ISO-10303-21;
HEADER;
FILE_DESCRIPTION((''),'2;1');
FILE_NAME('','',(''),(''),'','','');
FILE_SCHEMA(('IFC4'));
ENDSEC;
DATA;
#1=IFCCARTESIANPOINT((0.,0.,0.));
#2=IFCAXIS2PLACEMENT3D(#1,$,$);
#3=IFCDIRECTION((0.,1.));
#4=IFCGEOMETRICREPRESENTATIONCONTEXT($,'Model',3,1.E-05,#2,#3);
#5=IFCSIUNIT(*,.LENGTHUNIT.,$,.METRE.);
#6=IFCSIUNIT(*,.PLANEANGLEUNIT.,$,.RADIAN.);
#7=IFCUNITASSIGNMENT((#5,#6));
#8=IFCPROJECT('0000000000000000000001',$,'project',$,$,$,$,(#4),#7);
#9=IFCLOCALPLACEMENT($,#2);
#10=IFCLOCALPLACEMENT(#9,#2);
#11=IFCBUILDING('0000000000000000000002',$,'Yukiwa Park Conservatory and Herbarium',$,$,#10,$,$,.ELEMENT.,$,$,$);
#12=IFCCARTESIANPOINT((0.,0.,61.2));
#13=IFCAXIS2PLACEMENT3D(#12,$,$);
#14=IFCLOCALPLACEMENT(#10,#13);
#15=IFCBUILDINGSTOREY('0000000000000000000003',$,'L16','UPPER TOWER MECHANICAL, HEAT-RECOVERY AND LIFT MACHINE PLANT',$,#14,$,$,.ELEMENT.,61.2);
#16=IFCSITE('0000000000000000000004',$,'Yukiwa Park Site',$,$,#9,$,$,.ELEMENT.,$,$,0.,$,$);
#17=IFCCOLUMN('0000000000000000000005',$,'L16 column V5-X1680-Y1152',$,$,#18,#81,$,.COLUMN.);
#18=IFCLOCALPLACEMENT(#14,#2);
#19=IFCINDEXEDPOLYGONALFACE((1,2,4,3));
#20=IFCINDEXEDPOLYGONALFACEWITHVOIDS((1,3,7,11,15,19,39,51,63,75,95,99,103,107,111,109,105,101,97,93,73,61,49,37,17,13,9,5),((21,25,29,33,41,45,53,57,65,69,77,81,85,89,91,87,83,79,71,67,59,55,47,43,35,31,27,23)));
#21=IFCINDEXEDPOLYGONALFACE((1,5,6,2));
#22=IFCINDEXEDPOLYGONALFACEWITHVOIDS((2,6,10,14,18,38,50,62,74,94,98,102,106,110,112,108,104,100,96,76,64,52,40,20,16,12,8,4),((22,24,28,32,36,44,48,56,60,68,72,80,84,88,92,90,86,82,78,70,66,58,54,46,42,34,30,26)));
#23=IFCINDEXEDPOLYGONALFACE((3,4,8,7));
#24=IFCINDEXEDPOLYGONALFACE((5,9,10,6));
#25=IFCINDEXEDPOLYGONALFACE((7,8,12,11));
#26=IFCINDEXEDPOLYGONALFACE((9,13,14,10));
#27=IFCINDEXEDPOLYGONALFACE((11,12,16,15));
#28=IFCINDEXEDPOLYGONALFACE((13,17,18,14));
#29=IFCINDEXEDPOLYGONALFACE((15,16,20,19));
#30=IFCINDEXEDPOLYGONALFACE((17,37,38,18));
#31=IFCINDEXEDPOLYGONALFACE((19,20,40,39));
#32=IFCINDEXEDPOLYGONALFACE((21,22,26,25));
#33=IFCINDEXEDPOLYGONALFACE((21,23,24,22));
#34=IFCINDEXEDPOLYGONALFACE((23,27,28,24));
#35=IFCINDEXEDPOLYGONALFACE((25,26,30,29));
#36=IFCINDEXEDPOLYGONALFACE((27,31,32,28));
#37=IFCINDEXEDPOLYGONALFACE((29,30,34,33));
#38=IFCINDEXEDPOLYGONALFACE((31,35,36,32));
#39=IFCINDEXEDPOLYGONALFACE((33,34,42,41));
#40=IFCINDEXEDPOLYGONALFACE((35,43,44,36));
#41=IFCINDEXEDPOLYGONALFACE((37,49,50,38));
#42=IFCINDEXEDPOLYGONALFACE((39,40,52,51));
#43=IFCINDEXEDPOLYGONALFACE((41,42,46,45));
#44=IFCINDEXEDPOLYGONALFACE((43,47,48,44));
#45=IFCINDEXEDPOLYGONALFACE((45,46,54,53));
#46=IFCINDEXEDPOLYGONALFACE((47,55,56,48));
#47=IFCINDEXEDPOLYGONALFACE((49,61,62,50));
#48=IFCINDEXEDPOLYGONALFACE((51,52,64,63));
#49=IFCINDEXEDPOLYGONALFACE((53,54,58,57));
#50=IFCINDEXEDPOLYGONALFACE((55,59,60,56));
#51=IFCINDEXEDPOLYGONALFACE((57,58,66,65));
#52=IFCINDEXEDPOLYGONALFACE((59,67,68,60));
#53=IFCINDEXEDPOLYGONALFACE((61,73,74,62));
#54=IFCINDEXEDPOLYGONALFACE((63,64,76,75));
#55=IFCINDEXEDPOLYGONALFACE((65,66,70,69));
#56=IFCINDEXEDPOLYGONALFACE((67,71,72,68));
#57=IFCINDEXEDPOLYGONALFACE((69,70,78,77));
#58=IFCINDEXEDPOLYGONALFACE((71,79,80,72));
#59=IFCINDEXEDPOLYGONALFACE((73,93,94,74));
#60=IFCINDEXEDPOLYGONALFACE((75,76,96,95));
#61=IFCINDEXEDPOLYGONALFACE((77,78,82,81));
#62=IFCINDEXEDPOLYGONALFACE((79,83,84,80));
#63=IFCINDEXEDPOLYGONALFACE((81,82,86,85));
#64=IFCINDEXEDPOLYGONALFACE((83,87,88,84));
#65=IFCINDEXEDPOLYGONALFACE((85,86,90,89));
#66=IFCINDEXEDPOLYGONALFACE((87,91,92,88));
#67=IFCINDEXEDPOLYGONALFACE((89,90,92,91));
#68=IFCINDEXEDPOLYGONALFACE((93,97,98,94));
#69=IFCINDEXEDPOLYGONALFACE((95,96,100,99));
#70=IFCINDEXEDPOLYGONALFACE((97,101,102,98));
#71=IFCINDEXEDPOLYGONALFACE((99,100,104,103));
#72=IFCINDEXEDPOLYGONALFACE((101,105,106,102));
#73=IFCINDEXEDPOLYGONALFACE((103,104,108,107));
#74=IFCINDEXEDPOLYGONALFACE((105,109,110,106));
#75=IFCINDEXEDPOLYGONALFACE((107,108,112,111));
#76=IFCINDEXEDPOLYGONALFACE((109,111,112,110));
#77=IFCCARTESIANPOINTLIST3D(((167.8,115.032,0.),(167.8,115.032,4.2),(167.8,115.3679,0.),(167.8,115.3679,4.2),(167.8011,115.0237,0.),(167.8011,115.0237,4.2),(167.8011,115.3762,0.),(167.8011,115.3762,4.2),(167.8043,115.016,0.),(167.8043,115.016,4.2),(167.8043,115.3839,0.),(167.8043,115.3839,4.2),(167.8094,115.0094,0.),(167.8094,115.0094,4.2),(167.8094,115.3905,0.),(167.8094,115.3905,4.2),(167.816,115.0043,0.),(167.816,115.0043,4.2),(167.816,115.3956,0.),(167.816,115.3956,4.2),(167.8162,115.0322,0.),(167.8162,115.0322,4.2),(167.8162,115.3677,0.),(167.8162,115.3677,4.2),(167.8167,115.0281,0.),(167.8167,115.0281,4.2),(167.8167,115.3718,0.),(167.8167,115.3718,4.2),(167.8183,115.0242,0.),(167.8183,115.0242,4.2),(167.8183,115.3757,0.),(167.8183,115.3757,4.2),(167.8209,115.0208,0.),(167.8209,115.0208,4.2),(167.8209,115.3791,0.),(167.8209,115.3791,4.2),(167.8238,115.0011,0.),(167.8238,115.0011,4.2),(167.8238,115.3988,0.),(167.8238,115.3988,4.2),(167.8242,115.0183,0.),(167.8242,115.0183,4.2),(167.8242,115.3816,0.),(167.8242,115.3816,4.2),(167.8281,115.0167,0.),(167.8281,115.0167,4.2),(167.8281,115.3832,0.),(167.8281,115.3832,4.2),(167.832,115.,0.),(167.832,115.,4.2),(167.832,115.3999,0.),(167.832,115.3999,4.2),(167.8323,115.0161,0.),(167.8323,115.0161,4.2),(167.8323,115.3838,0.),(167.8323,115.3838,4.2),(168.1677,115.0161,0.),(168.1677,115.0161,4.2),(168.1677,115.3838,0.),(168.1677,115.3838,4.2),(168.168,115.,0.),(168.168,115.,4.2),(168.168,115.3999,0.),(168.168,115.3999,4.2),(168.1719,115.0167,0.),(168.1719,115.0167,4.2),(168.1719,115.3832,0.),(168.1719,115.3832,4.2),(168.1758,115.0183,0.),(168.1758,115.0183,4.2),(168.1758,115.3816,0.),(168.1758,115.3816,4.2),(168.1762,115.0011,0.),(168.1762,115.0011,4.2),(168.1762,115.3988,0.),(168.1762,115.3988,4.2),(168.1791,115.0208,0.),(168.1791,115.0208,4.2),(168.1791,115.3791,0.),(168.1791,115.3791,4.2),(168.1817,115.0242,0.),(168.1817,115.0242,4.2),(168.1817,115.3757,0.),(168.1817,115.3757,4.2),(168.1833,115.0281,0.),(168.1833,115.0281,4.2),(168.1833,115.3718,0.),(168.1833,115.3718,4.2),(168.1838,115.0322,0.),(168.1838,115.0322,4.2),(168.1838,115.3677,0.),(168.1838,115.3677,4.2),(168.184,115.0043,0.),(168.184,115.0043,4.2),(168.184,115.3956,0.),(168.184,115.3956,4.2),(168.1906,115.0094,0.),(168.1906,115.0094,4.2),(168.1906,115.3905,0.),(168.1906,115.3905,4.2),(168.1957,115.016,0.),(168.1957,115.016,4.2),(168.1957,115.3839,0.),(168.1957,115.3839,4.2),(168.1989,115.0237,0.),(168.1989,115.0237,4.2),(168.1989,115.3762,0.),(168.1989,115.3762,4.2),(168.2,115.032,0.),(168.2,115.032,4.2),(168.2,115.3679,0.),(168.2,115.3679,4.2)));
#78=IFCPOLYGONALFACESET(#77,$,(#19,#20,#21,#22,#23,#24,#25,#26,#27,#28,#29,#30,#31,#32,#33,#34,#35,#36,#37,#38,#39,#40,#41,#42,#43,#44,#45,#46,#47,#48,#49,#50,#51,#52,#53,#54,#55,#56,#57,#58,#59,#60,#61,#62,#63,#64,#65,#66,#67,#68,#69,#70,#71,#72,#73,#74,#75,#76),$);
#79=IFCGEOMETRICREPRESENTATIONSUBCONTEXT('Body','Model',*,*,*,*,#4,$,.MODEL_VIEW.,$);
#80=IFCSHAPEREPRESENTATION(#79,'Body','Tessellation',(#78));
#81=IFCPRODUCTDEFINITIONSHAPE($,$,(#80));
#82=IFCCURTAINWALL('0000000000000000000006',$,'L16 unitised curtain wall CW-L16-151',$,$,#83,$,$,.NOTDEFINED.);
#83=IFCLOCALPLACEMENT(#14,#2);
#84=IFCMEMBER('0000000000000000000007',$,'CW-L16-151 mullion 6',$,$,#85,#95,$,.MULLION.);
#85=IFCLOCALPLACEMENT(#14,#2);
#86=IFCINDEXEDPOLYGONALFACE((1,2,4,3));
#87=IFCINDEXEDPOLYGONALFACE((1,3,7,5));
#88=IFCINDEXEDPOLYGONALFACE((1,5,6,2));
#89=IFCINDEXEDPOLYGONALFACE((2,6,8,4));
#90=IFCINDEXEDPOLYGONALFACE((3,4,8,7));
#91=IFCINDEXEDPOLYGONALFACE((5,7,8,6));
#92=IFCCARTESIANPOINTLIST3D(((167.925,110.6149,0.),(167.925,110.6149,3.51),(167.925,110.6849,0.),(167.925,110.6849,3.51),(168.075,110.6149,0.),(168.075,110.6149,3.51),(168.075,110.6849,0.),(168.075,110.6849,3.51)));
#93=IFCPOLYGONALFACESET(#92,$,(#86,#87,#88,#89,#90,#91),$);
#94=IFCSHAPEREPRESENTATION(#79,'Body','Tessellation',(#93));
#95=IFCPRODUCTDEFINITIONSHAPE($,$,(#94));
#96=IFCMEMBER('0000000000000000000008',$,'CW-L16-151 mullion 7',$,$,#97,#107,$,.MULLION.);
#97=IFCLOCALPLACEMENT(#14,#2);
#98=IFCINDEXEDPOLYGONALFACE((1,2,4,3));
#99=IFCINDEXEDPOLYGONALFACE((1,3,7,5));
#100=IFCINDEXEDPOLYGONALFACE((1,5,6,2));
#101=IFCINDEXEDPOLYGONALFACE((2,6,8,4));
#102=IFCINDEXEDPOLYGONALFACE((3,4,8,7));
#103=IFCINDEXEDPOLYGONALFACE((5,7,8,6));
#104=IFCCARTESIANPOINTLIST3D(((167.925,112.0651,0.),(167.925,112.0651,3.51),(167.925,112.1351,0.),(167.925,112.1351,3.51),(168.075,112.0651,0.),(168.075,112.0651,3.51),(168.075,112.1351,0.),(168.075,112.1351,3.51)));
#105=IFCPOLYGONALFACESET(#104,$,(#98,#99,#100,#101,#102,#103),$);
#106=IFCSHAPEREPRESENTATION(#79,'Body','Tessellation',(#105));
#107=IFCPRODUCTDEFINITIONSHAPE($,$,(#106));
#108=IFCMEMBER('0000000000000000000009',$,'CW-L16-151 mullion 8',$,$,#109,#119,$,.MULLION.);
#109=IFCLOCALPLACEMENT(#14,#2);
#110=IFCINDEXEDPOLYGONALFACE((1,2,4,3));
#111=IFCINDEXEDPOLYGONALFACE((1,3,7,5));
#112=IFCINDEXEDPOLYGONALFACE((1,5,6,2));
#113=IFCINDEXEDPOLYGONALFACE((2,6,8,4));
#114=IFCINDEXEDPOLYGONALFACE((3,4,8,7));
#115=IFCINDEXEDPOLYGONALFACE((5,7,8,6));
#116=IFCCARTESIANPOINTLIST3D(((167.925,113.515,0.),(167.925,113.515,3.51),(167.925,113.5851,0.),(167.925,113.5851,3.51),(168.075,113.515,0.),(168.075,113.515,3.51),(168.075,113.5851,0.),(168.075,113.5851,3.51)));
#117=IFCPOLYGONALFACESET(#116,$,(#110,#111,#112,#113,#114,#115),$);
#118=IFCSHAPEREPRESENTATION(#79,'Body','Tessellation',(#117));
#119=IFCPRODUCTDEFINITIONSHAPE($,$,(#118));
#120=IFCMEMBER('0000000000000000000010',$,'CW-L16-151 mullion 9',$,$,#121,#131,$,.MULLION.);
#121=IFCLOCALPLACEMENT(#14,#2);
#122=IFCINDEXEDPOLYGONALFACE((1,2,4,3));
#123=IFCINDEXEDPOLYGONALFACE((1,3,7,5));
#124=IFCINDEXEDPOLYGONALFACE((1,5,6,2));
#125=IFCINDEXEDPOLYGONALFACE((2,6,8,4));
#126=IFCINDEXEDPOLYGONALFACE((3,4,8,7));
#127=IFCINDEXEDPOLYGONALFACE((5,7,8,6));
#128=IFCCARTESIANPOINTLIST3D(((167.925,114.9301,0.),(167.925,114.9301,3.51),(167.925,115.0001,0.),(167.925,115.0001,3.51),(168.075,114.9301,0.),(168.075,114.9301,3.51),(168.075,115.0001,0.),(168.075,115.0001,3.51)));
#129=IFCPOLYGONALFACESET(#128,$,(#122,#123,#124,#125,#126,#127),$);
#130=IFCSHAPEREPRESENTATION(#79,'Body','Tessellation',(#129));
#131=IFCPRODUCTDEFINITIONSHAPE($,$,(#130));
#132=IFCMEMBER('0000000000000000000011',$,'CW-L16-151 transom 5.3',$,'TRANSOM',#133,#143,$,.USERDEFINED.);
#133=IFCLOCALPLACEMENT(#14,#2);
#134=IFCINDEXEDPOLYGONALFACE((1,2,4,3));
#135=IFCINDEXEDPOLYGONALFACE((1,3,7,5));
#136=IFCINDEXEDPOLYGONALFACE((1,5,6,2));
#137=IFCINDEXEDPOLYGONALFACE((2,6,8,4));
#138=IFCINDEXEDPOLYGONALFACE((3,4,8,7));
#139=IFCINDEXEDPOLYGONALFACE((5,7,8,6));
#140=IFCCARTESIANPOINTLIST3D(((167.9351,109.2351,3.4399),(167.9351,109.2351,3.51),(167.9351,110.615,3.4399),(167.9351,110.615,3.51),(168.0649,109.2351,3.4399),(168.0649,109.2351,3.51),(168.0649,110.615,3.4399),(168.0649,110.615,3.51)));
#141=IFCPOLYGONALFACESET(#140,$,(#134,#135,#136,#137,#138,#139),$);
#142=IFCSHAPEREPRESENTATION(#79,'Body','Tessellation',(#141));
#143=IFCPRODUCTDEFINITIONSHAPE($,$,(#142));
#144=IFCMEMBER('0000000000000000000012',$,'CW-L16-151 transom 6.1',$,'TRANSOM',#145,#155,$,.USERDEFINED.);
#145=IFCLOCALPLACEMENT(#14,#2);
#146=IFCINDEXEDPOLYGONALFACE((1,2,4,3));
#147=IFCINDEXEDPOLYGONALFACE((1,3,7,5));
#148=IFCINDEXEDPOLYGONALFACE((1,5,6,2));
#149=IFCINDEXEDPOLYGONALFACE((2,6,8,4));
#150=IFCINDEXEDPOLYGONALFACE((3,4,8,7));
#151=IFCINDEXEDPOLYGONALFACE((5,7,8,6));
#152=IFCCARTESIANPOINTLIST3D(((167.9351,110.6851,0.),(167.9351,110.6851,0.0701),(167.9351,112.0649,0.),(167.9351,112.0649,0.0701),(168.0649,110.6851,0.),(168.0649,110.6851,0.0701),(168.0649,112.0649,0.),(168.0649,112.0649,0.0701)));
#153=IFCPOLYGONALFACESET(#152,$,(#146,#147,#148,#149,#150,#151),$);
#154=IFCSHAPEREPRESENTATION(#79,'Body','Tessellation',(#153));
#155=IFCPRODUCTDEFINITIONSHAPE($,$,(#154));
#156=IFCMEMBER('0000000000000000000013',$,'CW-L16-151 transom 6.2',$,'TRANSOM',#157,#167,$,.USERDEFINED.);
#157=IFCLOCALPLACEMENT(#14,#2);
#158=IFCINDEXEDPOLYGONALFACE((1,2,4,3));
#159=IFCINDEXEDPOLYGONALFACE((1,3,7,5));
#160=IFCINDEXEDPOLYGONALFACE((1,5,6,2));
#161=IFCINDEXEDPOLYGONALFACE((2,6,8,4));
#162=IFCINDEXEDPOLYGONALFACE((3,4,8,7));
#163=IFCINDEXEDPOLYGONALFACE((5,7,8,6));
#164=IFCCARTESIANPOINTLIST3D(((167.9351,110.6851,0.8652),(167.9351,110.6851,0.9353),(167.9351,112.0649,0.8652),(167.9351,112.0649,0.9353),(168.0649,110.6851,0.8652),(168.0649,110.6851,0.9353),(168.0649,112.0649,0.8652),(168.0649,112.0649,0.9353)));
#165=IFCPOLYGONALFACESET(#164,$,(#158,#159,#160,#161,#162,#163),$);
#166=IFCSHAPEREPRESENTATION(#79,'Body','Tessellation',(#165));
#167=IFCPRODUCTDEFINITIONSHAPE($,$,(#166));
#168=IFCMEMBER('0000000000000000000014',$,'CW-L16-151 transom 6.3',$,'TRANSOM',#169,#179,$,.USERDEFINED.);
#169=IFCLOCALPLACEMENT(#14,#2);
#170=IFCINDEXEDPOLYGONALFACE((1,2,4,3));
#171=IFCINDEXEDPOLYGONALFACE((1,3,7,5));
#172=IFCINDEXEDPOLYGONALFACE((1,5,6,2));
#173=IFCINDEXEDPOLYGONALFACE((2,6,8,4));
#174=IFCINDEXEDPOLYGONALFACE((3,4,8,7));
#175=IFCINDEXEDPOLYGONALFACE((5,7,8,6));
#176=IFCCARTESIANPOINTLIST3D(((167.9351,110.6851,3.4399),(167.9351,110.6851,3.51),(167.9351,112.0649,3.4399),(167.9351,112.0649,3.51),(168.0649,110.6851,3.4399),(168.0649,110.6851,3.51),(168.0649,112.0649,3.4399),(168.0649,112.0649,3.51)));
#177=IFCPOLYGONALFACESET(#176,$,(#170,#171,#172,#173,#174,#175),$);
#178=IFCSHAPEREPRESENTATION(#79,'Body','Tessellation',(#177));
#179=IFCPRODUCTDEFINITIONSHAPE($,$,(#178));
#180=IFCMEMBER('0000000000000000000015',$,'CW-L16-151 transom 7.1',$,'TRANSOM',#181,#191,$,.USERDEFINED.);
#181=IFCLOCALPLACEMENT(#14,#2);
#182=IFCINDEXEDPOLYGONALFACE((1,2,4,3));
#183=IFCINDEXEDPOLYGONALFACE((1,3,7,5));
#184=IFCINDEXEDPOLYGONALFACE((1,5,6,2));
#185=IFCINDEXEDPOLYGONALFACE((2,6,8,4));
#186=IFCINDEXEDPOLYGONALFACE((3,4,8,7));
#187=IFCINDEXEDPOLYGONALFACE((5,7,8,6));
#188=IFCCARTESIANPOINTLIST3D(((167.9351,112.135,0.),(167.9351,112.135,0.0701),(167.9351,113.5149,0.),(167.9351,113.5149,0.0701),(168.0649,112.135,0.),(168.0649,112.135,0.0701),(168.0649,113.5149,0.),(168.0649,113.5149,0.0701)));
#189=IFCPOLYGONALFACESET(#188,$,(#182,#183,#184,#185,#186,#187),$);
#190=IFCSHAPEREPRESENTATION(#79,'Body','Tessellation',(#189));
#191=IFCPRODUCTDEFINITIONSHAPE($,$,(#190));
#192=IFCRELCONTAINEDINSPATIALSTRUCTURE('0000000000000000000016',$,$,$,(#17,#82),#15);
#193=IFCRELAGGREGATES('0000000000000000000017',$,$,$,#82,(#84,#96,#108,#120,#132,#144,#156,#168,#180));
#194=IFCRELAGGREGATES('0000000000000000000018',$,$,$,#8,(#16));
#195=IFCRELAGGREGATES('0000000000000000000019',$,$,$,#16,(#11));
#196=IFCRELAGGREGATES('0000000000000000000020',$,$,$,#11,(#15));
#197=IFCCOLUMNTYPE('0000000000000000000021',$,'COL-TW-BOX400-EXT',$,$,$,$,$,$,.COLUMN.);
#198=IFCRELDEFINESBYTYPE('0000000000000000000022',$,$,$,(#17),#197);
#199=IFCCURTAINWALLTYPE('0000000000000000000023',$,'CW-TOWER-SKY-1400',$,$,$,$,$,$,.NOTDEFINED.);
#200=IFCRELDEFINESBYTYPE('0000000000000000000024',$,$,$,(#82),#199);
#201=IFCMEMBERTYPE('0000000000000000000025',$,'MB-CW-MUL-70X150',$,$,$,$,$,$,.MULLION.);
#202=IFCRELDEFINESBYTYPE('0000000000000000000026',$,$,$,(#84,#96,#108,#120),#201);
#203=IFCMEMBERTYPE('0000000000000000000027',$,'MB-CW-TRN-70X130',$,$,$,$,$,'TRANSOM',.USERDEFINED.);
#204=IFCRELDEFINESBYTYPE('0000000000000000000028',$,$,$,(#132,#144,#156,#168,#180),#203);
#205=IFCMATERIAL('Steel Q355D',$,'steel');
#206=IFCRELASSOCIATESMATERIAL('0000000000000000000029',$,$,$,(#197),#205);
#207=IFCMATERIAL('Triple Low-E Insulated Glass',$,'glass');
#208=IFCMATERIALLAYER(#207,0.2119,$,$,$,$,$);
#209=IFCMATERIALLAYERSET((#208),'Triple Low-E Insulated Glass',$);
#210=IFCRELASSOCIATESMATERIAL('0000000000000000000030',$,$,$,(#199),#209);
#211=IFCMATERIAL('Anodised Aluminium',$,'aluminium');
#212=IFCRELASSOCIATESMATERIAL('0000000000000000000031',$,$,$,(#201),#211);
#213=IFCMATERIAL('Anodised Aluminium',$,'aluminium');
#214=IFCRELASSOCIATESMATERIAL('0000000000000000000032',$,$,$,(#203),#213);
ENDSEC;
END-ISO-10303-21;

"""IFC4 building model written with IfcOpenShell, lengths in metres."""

from ifc_helpers import new_model, si_unit, direction, frame, origin, origin_2d, place, context, subcontext, project, spatial, rectangle, hollow_rectangle, extrude, material, layer, layer_set, material_profile, profile_set, type_object, element, aggregate, save


model = new_model("IFC4")

# Units and contexts
model_context = context("Model", 3, precision=1e-05, world=origin(), true_north=direction((0.0, 1.0)))
body_context = subcontext(model_context, "Body", "Model", "MODEL_VIEW")
ifc_project = project(units=[si_unit("LENGTHUNIT", "METRE"), si_unit("PLANEANGLEUNIT", "RADIAN")], contexts=[model_context])

# Site, building, storey
site_placement = place(None, origin())
site = spatial("IfcSite", under=ifc_project, at=site_placement, Name="Yukiwa Park Site", CompositionType="ELEMENT", RefElevation=0.0)
building_placement = place(site_placement, origin())
building = spatial("IfcBuilding", under=site, at=building_placement, Name="Yukiwa Park Conservatory and Herbarium", CompositionType="ELEMENT")
storey_placement = place(building_placement, frame((0.0, 0.0, 61.2)))
storey = spatial("IfcBuildingStorey", under=building, at=storey_placement, Name="L16", Description="UPPER TOWER MECHANICAL, HEAT-RECOVERY AND LIFT MACHINE PLANT", CompositionType="ELEMENT", Elevation=61.2)

# Column
ifc_material_1 = material(Name="Steel Q355D", Category="steel")
ifc_material_profile = material_profile(ifc_material_1, hollow_rectangle(XDim=0.3999, YDim=0.3999, WallThickness=0.0161, InnerFilletRadius=0.0161, OuterFilletRadius=0.032, at=origin_2d()), Name="BOX 400x400x16")
ifc_profile_set = profile_set([ifc_material_profile], Name="Steel Q355D")
column_type = type_object("IfcColumnType", Name="COL-TW-BOX400-EXT", PredefinedType="COLUMN", material=ifc_profile_set)
column_placement = place(storey_placement, frame((168.0, 115.2, 0.0), z_axis=(0.0, 0.0, 1.0), x_axis=(1.0, 0.0, 0.0)))
element("IfcColumn", 1, at=column_placement, inside=storey, type_object=column_type, Name="L16 column V5-X1680-Y1152", PredefinedType="COLUMN", context=body_context, shape_type="SweptSolid", body=[
    extrude(hollow_rectangle(XDim=0.3999, YDim=0.3999, WallThickness=0.0161, InnerFilletRadius=0.0161, OuterFilletRadius=0.032, at=origin_2d()), origin(), (0.0, 0.0, 1.0), 4.2),
])

# Curtain wall, members
ifc_material_2 = material(Name="Triple Low-E Insulated Glass", Category="glass")
ifc_layer_1 = layer(ifc_material_2, 0.2119)
ifc_layer_set_1 = layer_set([ifc_layer_1], Name="Triple Low-E Insulated Glass")
curtain_wall_type = type_object("IfcCurtainWallType", Name="CW-TOWER-SKY-1400", PredefinedType="NOTDEFINED", material=ifc_layer_set_1)
curtain_wall_placement = place(storey_placement, origin())
curtain_wall = element("IfcCurtainWall", 2, at=curtain_wall_placement, inside=storey, type_object=curtain_wall_type, Name="L16 unitised curtain wall CW-L16-151", PredefinedType="NOTDEFINED")
ifc_material_3 = material(Name="Anodised Aluminium", Category="aluminium")
member_type_1 = type_object("IfcMemberType", Name="MB-CW-MUL-70X150", PredefinedType="MULLION", material=ifc_material_3)
member_1_placement = place(storey_placement, frame((168.0, 110.6499, 0.0), z_axis=(0.0, 0.0, 1.0), x_axis=(0.0, 1.0, 0.0)))
member_1 = element("IfcMember", 3, at=member_1_placement, type_object=member_type_1, Name="CW-L16-151 mullion 6", PredefinedType="MULLION", context=body_context, shape_type="SweptSolid", body=[
    extrude(rectangle(XDim=0.0701, YDim=0.1499, at=origin_2d()), origin(), (0.0, 0.0, 1.0), 3.51),
])
member_2_placement = place(storey_placement, frame((168.0, 112.1001, 0.0), z_axis=(0.0, 0.0, 1.0), x_axis=(0.0, 1.0, 0.0)))
member_2 = element("IfcMember", 4, at=member_2_placement, type_object=member_type_1, Name="CW-L16-151 mullion 7", PredefinedType="MULLION", context=body_context, shape_type="SweptSolid", body=[
    extrude(rectangle(XDim=0.0701, YDim=0.1499, at=origin_2d()), origin(), (0.0, 0.0, 1.0), 3.51),
])
member_3_placement = place(storey_placement, frame((168.0, 113.55, 0.0), z_axis=(0.0, 0.0, 1.0), x_axis=(0.0, 1.0, 0.0)))
member_3 = element("IfcMember", 5, at=member_3_placement, type_object=member_type_1, Name="CW-L16-151 mullion 8", PredefinedType="MULLION", context=body_context, shape_type="SweptSolid", body=[
    extrude(rectangle(XDim=0.0701, YDim=0.1499, at=origin_2d()), origin(), (0.0, 0.0, 1.0), 3.51),
])
member_4_placement = place(storey_placement, frame((168.0, 114.9651, 0.0), z_axis=(0.0, 0.0, 1.0), x_axis=(0.0, 1.0, 0.0)))
member_4 = element("IfcMember", 6, at=member_4_placement, type_object=member_type_1, Name="CW-L16-151 mullion 9", PredefinedType="MULLION", context=body_context, shape_type="SweptSolid", body=[
    extrude(rectangle(XDim=0.0701, YDim=0.1499, at=origin_2d()), origin(), (0.0, 0.0, 1.0), 3.51),
])
ifc_material_4 = material(Name="Anodised Aluminium", Category="aluminium")
member_type_2 = type_object("IfcMemberType", Name="MB-CW-TRN-70X130", ElementType="TRANSOM", PredefinedType="USERDEFINED", material=ifc_material_4)
member_5_placement = place(storey_placement, frame((168.0, 109.925, 3.4399), z_axis=(0.0, 0.0, 1.0), x_axis=(0.0, 1.0, 0.0)))
member_5 = element("IfcMember", 7, at=member_5_placement, type_object=member_type_2, Name="CW-L16-151 transom 5.3", ObjectType="TRANSOM", PredefinedType="USERDEFINED", context=body_context, shape_type="SweptSolid", body=[
    extrude(rectangle(XDim=1.3799, YDim=0.1299, at=origin_2d()), origin(), (0.0, 0.0, 1.0), 0.0701),
])
member_6_placement = place(storey_placement, frame((168.0, 111.375, 0.0), z_axis=(0.0, 0.0, 1.0), x_axis=(0.0, 1.0, 0.0)))
member_6 = element("IfcMember", 8, at=member_6_placement, type_object=member_type_2, Name="CW-L16-151 transom 6.1", ObjectType="TRANSOM", PredefinedType="USERDEFINED", context=body_context, shape_type="SweptSolid", body=[
    extrude(rectangle(XDim=1.3799, YDim=0.1299, at=origin_2d()), origin(), (0.0, 0.0, 1.0), 0.0701),
])
member_7_placement = place(storey_placement, frame((168.0, 111.375, 0.8652), z_axis=(0.0, 0.0, 1.0), x_axis=(0.0, 1.0, 0.0)))
member_7 = element("IfcMember", 9, at=member_7_placement, type_object=member_type_2, Name="CW-L16-151 transom 6.2", ObjectType="TRANSOM", PredefinedType="USERDEFINED", context=body_context, shape_type="SweptSolid", body=[
    extrude(rectangle(XDim=1.3799, YDim=0.1299, at=origin_2d()), origin(), (0.0, 0.0, 1.0), 0.0701),
])
member_8_placement = place(storey_placement, frame((168.0, 111.375, 3.4399), z_axis=(0.0, 0.0, 1.0), x_axis=(0.0, 1.0, 0.0)))
member_8 = element("IfcMember", 10, at=member_8_placement, type_object=member_type_2, Name="CW-L16-151 transom 6.3", ObjectType="TRANSOM", PredefinedType="USERDEFINED", context=body_context, shape_type="SweptSolid", body=[
    extrude(rectangle(XDim=1.3799, YDim=0.1299, at=origin_2d()), origin(), (0.0, 0.0, 1.0), 0.0701),
])
member_9_placement = place(storey_placement, frame((168.0, 112.825, 0.0), z_axis=(0.0, 0.0, 1.0), x_axis=(0.0, 1.0, 0.0)))
member_9 = element("IfcMember", 11, at=member_9_placement, type_object=member_type_2, Name="CW-L16-151 transom 7.1", ObjectType="TRANSOM", PredefinedType="USERDEFINED", context=body_context, shape_type="SweptSolid", body=[
    extrude(rectangle(XDim=1.3799, YDim=0.1299, at=origin_2d()), origin(), (0.0, 0.0, 1.0), 0.0701),
])
aggregate(curtain_wall, [member_1, member_2, member_3, member_4, member_5, member_6, member_7, member_8, member_9])

save(model, "model.ifc")
